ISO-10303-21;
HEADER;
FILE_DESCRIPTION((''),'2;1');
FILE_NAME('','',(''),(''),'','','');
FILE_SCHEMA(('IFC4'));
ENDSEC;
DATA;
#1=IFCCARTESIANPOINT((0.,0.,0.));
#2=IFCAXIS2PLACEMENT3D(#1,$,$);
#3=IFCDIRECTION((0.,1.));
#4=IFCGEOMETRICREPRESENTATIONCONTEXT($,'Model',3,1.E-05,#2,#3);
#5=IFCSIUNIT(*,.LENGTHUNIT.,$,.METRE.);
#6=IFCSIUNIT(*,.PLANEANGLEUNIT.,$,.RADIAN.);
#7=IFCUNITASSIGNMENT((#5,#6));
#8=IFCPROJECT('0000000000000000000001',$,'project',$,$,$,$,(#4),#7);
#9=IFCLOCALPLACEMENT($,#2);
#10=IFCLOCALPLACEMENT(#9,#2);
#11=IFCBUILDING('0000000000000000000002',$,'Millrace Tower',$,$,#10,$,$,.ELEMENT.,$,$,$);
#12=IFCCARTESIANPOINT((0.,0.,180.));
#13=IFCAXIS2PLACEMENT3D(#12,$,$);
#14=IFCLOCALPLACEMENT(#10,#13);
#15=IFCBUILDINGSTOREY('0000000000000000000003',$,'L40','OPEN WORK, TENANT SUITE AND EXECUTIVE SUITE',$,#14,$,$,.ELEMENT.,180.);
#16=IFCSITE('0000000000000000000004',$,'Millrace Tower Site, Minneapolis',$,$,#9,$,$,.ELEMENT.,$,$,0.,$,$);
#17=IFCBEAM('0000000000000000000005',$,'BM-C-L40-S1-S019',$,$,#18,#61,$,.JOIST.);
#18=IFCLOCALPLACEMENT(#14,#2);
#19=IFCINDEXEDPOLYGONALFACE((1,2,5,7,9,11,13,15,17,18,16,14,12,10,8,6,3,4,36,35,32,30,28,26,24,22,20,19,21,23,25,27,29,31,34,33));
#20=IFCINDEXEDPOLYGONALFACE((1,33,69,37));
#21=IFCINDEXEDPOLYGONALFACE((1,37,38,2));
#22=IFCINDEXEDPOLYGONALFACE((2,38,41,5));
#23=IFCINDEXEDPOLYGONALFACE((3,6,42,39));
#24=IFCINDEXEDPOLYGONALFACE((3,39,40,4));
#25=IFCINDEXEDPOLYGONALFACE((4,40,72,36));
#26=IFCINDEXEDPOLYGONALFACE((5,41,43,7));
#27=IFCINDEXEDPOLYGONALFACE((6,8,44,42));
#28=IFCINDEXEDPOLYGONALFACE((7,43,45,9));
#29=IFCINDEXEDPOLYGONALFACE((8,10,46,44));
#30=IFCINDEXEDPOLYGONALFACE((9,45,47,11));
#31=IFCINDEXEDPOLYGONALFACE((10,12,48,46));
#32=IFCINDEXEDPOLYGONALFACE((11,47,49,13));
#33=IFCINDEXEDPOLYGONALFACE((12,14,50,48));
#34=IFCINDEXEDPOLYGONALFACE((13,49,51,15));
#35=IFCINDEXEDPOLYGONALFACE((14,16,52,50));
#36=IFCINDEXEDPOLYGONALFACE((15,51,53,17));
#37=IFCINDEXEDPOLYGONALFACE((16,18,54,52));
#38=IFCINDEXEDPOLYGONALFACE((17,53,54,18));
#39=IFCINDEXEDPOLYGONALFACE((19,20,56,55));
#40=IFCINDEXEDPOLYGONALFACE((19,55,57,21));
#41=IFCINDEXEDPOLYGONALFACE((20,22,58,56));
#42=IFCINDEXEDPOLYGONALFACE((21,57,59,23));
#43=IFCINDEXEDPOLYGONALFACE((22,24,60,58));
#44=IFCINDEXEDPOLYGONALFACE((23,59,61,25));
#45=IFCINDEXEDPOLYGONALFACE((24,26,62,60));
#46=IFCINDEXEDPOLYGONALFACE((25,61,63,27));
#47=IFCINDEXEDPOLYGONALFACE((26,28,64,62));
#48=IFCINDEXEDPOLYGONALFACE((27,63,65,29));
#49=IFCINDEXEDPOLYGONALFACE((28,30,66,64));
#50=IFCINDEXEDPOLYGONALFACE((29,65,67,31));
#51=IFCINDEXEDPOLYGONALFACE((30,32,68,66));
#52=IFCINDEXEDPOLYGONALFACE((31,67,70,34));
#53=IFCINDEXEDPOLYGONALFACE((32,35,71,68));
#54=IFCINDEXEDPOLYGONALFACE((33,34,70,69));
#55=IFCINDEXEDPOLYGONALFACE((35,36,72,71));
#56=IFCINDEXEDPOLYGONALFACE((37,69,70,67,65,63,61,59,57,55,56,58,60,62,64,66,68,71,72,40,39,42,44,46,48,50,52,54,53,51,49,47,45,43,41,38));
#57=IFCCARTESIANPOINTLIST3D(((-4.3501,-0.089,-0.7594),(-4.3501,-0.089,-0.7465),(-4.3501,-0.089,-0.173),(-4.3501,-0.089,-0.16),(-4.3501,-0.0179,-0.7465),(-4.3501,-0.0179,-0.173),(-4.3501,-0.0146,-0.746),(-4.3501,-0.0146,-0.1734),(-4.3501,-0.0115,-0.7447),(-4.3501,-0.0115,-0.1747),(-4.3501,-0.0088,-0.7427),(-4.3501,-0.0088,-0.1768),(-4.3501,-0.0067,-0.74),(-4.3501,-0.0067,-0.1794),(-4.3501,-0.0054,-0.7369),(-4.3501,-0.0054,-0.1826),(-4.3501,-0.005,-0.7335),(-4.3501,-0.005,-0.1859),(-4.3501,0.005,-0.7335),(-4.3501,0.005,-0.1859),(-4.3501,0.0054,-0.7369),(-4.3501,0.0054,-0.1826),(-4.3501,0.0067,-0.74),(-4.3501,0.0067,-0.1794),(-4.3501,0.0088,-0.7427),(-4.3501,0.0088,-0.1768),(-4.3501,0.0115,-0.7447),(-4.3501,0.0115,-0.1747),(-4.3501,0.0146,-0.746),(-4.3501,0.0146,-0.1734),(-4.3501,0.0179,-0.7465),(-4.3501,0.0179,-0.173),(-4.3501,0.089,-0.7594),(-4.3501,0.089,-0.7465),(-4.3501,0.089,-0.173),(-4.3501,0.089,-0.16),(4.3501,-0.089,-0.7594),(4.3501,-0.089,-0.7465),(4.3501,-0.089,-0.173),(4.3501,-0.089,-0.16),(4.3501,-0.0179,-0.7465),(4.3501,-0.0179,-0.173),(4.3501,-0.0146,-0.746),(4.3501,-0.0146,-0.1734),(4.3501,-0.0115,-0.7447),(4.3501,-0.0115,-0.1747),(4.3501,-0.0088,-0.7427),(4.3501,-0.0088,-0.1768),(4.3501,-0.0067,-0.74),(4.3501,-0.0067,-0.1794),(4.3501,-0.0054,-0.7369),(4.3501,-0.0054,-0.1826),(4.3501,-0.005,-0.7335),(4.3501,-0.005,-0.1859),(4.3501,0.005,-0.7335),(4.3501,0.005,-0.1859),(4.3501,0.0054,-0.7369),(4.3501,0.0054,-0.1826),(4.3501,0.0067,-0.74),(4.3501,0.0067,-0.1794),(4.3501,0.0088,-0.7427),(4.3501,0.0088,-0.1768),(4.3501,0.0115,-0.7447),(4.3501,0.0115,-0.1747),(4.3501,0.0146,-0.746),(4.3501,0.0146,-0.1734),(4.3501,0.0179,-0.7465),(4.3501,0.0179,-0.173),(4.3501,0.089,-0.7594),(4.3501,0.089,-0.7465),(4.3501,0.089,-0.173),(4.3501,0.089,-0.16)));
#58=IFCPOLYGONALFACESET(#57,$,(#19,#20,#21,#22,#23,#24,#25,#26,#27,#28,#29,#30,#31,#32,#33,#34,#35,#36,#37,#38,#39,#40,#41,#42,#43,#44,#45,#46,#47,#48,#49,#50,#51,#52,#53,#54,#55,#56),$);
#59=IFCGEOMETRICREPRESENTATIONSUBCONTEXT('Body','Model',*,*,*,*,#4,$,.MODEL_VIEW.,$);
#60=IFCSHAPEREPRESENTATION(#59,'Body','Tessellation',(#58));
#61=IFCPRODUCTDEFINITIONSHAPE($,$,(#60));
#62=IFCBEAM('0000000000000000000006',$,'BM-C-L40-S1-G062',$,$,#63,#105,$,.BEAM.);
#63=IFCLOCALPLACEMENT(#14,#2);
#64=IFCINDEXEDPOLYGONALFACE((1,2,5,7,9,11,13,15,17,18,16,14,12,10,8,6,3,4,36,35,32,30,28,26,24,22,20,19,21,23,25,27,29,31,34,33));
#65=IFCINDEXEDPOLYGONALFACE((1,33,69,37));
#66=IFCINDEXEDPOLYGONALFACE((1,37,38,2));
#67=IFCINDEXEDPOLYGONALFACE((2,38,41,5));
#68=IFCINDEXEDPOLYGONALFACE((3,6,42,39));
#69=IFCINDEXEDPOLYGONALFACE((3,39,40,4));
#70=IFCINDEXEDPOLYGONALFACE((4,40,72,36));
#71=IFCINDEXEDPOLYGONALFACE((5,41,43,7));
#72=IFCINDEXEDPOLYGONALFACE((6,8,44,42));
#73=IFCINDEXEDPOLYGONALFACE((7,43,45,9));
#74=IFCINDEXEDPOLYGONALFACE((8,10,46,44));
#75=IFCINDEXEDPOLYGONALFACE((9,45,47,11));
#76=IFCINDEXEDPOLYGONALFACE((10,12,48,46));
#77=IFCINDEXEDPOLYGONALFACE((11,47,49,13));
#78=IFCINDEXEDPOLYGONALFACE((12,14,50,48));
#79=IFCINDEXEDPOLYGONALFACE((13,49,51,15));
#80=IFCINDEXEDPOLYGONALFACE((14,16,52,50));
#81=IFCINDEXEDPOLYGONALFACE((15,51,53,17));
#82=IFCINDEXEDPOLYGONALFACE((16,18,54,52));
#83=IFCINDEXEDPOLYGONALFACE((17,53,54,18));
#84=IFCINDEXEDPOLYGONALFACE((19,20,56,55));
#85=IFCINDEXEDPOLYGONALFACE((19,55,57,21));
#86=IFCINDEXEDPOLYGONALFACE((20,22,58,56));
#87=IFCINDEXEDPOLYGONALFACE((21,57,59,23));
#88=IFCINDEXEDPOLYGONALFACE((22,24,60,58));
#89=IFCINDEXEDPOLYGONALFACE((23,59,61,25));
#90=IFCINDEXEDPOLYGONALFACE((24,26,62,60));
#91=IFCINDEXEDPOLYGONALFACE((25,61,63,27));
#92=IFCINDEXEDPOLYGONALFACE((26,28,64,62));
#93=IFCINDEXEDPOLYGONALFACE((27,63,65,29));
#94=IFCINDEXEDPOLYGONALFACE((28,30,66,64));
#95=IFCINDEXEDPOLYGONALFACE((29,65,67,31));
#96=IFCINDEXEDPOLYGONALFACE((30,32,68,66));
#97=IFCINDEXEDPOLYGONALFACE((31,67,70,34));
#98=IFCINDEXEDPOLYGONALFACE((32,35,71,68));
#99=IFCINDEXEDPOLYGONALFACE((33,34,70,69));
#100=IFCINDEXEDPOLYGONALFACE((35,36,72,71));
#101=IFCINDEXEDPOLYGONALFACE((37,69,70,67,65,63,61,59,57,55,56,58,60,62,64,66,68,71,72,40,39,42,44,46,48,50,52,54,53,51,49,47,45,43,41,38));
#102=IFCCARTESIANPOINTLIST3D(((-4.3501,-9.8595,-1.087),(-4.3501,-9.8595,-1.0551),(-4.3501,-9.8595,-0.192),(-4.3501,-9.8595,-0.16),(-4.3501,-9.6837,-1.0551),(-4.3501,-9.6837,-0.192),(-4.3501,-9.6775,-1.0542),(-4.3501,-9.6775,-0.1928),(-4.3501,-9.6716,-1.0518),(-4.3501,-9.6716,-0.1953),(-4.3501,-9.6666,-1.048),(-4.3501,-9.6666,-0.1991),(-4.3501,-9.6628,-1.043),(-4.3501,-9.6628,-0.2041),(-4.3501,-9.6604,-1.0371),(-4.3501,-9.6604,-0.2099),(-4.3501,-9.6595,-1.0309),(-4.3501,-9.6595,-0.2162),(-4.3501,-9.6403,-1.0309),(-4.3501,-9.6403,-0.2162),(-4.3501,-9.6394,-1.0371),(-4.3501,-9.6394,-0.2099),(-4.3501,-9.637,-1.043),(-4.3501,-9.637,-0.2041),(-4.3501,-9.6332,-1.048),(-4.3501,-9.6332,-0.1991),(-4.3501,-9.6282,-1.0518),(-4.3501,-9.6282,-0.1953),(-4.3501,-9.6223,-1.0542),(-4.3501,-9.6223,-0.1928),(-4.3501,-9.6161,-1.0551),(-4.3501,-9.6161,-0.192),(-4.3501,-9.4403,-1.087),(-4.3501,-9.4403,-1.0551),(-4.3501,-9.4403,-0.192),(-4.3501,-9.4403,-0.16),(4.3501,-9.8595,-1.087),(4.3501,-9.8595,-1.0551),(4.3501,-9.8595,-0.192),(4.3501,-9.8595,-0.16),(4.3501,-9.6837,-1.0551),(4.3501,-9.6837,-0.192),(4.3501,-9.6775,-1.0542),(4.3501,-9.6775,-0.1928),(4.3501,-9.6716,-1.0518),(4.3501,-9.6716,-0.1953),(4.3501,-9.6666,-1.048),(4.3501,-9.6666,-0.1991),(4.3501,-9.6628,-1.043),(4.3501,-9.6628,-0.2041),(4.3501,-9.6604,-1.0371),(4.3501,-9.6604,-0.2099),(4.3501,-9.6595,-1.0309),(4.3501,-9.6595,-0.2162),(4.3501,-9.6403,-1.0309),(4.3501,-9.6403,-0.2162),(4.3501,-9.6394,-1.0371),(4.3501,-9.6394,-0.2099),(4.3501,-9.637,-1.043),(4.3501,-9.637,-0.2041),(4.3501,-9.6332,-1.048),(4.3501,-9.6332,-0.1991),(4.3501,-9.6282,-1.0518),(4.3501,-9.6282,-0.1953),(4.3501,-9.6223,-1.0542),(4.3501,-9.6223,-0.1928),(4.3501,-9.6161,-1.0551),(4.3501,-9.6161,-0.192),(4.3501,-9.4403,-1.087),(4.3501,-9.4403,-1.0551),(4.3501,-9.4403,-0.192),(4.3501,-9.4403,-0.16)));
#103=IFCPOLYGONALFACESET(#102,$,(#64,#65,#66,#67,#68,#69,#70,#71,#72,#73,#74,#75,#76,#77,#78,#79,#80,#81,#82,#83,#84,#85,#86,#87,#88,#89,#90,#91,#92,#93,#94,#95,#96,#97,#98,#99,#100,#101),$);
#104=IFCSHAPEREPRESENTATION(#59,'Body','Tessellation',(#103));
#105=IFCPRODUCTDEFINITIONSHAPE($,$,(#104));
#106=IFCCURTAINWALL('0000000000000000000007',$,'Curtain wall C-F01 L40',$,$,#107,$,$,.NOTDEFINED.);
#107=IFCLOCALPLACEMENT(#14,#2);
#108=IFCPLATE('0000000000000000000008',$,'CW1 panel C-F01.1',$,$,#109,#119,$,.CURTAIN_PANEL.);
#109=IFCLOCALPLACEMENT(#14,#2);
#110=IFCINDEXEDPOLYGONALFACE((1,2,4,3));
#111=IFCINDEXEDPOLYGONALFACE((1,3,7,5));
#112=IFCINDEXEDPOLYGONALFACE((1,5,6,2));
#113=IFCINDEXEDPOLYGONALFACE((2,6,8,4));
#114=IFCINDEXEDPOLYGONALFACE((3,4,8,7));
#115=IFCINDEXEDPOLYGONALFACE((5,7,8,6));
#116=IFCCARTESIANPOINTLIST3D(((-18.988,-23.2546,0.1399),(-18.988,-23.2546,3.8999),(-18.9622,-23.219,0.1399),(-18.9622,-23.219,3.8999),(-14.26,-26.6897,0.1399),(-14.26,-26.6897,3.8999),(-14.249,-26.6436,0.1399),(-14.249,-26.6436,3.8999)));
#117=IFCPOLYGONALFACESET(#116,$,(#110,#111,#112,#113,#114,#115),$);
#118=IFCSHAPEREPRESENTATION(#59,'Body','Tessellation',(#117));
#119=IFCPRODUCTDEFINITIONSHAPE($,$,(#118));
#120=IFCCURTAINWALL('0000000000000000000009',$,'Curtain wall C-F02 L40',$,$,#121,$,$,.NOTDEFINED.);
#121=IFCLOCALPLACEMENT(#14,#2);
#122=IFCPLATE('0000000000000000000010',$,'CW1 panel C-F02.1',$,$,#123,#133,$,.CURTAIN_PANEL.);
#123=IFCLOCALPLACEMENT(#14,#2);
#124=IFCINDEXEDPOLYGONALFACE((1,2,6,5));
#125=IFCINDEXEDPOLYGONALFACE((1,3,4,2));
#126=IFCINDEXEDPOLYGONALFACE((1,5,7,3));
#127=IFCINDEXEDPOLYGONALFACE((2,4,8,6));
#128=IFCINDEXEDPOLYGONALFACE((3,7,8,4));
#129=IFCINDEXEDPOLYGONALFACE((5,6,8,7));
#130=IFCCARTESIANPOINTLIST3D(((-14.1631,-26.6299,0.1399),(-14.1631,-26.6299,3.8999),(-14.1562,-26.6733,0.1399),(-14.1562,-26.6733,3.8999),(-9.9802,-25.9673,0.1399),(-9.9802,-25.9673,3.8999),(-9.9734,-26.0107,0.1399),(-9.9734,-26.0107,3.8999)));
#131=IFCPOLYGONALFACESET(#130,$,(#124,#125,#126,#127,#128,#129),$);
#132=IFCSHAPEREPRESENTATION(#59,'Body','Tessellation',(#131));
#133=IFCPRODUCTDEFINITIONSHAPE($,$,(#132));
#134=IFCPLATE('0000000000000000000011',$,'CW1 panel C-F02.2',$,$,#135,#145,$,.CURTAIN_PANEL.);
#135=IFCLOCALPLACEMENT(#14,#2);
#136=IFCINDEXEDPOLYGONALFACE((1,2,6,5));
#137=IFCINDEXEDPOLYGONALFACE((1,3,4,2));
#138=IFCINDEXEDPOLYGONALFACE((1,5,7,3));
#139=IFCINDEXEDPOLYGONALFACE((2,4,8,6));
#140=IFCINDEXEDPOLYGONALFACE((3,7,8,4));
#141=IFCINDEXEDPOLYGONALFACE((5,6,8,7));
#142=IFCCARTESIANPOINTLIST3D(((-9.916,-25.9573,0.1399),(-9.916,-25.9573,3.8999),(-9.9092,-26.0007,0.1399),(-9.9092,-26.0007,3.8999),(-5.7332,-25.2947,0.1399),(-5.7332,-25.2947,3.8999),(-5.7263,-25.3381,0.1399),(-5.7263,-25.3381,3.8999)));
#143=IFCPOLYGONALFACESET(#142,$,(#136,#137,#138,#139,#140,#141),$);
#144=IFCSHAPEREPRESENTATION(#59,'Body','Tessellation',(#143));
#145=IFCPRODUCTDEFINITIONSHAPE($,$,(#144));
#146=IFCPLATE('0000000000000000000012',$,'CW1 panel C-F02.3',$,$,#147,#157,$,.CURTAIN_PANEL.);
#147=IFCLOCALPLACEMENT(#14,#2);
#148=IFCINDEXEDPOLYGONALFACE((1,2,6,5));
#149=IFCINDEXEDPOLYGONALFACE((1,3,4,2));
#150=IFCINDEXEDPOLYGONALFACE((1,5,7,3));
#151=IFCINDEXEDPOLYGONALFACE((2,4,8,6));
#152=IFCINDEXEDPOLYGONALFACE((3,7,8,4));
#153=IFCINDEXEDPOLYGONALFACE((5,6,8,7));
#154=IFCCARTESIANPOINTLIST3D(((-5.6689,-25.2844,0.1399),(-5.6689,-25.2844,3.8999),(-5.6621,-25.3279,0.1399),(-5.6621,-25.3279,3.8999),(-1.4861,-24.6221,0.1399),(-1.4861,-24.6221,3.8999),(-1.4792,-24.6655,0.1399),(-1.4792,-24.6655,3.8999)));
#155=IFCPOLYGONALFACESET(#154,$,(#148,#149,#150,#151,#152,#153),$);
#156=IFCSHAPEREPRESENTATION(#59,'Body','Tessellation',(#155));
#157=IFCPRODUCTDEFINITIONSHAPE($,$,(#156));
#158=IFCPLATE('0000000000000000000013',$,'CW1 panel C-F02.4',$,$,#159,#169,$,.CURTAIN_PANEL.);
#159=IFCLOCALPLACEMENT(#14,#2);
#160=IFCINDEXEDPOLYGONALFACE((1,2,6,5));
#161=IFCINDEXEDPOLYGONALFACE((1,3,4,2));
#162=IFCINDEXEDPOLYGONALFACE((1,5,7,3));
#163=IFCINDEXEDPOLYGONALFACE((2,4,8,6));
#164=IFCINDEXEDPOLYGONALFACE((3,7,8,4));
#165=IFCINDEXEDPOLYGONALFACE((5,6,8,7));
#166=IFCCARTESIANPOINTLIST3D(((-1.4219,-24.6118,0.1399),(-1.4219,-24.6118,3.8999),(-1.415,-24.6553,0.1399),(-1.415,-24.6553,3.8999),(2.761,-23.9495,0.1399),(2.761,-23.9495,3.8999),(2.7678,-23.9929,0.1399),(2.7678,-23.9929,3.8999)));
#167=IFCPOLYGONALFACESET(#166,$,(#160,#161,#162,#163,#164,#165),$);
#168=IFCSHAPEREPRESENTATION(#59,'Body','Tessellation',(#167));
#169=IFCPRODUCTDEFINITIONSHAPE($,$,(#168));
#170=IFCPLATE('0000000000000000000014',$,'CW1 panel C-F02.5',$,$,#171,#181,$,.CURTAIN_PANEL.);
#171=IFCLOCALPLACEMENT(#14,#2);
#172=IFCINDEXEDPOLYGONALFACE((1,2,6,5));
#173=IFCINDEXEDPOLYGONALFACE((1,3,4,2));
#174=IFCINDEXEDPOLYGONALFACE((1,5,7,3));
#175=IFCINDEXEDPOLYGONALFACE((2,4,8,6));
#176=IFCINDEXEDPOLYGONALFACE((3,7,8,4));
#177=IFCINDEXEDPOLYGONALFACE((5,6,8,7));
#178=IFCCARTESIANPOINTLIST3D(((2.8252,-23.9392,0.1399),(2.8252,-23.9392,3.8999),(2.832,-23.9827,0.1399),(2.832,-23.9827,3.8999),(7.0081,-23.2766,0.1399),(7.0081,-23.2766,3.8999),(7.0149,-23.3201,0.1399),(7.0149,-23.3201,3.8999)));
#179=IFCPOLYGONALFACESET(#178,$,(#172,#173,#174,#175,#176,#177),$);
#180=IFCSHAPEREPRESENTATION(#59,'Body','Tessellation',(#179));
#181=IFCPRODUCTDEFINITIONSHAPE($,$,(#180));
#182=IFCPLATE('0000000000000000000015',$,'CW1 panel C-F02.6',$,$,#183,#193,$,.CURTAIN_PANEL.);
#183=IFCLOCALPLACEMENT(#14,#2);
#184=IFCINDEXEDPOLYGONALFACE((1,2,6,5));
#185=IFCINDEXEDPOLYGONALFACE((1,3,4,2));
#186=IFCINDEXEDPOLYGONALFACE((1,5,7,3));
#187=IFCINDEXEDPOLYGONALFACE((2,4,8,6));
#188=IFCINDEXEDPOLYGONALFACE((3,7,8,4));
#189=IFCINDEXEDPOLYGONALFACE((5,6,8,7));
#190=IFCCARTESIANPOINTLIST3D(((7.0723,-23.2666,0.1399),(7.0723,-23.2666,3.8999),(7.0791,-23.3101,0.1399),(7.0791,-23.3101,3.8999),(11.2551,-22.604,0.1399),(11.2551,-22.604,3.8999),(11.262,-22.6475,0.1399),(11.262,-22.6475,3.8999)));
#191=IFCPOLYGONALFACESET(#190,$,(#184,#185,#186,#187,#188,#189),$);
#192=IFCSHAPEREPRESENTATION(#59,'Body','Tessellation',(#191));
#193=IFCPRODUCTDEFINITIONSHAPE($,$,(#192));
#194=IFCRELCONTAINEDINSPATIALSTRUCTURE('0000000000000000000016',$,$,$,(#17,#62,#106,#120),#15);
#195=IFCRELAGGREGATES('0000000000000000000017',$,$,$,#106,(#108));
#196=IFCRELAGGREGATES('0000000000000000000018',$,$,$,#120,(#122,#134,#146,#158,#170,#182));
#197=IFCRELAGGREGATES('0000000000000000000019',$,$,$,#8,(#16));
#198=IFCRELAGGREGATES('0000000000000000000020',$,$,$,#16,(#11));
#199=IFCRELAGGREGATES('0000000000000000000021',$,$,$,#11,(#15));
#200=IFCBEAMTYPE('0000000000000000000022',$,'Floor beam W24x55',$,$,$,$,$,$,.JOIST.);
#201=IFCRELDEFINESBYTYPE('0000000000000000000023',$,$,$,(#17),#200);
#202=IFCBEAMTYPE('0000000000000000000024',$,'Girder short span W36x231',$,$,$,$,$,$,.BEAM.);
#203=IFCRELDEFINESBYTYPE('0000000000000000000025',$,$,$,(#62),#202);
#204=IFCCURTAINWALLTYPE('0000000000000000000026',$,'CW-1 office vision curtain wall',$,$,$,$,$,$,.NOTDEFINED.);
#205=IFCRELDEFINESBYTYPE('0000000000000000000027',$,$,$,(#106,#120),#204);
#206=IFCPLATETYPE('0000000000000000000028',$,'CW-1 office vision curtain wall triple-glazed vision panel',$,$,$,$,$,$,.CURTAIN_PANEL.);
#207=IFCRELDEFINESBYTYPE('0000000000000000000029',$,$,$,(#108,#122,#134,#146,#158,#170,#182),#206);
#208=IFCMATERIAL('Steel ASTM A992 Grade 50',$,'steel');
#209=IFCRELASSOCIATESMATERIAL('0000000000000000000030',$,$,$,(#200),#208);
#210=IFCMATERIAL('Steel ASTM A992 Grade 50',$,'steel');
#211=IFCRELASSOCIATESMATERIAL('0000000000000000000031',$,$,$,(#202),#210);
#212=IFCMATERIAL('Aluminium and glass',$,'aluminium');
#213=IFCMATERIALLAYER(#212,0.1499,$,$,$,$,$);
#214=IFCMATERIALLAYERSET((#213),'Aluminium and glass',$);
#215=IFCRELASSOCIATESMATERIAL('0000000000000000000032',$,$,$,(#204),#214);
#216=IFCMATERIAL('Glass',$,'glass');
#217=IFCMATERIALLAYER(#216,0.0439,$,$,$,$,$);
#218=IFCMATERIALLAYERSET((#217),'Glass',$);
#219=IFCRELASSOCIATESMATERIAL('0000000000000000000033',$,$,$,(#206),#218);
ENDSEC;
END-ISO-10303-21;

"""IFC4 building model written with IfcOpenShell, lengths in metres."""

from ifc_helpers import new_model, si_unit, direction, frame, origin, origin_2d, place, context, subcontext, project, spatial, polyline, i_section, outline, extrude, material, layer, layer_set, material_profile, profile_set, type_object, element, aggregate, save


model = new_model("IFC4")

# Units and contexts
model_context = context("Model", 3, precision=1e-05, world=origin(), true_north=direction((0.0, 1.0)))
body_context = subcontext(model_context, "Body", "Model", "MODEL_VIEW")
ifc_project = project(units=[si_unit("LENGTHUNIT", "METRE"), si_unit("PLANEANGLEUNIT", "RADIAN")], contexts=[model_context])

# Site, building, storey
site_placement = place(None, origin())
site = spatial("IfcSite", under=ifc_project, at=site_placement, Name="Millrace Tower Site, Minneapolis", CompositionType="ELEMENT", RefElevation=0.0)
building_placement = place(site_placement, origin())
building = spatial("IfcBuilding", under=site, at=building_placement, Name="Millrace Tower", CompositionType="ELEMENT")
storey_placement = place(building_placement, frame((0.0, 0.0, 180.0)))
storey = spatial("IfcBuildingStorey", under=building, at=storey_placement, Name="L40", Description="OPEN WORK, TENANT SUITE AND EXECUTIVE SUITE", CompositionType="ELEMENT", Elevation=180.0)

# Beams
ifc_material_1 = material(Name="Steel ASTM A992 Grade 50", Category="steel")
ifc_material_profile_1 = material_profile(ifc_material_1, i_section(OverallWidth=0.178, OverallDepth=0.5994, WebThickness=0.01, FlangeThickness=0.0129, FilletRadius=0.0129, at=origin_2d()))
ifc_profile_set_1 = profile_set([ifc_material_profile_1], Name="Steel ASTM A992 Grade 50")
beam_type_1 = type_object("IfcBeamType", Name="Floor beam W24x55", PredefinedType="JOIST", material=ifc_profile_set_1)
for number, where, z_axis, x_axis, name in (
    (1, (-4.3501, 0.0, -0.4597), (1.0, 0.0, 0.0), (0.0, 1.0, 0.0), "BM-C-L40-S1-S019"),
):
    element("IfcBeam", number, at=place(storey_placement, frame(where, z_axis=z_axis, x_axis=x_axis)), inside=storey, type_object=beam_type_1, Name=name, PredefinedType="JOIST", context=body_context, shape_type="SweptSolid", body=[
        extrude(i_section(OverallWidth=0.178, OverallDepth=0.5994, WebThickness=0.01, FlangeThickness=0.0129, FilletRadius=0.0129, at=origin_2d()), origin(), (0.0, 0.0, 1.0), 8.7002),
    ])
ifc_material_2 = material(Name="Steel ASTM A992 Grade 50", Category="steel")
ifc_material_profile_2 = material_profile(ifc_material_2, i_section(OverallWidth=0.4192, OverallDepth=0.927, WebThickness=0.0193, FlangeThickness=0.032, FilletRadius=0.0242, at=origin_2d()))
ifc_profile_set_2 = profile_set([ifc_material_profile_2], Name="Steel ASTM A992 Grade 50")
beam_type_2 = type_object("IfcBeamType", Name="Girder short span W36x231", PredefinedType="BEAM", material=ifc_profile_set_2)
beam_1_placement = place(storey_placement, frame((-4.3501, -9.6499, -0.6235), z_axis=(1.0, 0.0, 0.0), x_axis=(0.0, 1.0, 0.0)))
element("IfcBeam", 2, at=beam_1_placement, inside=storey, type_object=beam_type_2, Name="BM-C-L40-S1-G062", PredefinedType="BEAM", context=body_context, shape_type="SweptSolid", body=[
    extrude(i_section(OverallWidth=0.4192, OverallDepth=0.927, WebThickness=0.0193, FlangeThickness=0.032, FilletRadius=0.0242, at=origin_2d()), origin(), (0.0, 0.0, 1.0), 8.7002),
])

# Curtain wall, plate
ifc_material_3 = material(Name="Aluminium and glass", Category="aluminium")
ifc_layer_1 = layer(ifc_material_3, 0.1499)
ifc_layer_set_1 = layer_set([ifc_layer_1], Name="Aluminium and glass")
curtain_wall_type = type_object("IfcCurtainWallType", Name="CW-1 office vision curtain wall", PredefinedType="NOTDEFINED", material=ifc_layer_set_1)
placement_1 = place(storey_placement, origin())
curtain_wall_1 = element("IfcCurtainWall", 3, at=placement_1, inside=storey, type_object=curtain_wall_type, Name="Curtain wall C-F01 L40", PredefinedType="NOTDEFINED")
ifc_material_4 = material(Name="Glass", Category="glass")
ifc_layer_2 = layer(ifc_material_4, 0.0439)
ifc_layer_set_2 = layer_set([ifc_layer_2], Name="Glass")
plate_type = type_object("IfcPlateType", Name="CW-1 office vision curtain wall triple-glazed vision panel", PredefinedType="CURTAIN_PANEL", material=ifc_layer_set_2)
placement_2 = place(storey_placement, frame((0.0, 0.0, 0.1399)))
plate_1 = element("IfcPlate", 4, at=placement_2, type_object=plate_type, Name="CW1 panel C-F01.1", PredefinedType="CURTAIN_PANEL", context=body_context, shape_type="SweptSolid", body=[
    extrude(outline(polyline([(-18.988, -23.2546), (-14.26, -26.6897), (-14.249, -26.6436), (-18.9622, -23.219), (-18.988, -23.2546)])), origin(), (0.0, 0.0, 1.0), 3.76),
])
aggregate(curtain_wall_1, [plate_1])

# Curtain wall, plates
curtain_wall_2 = element("IfcCurtainWall", 5, at=placement_1, inside=storey, type_object=curtain_wall_type, Name="Curtain wall C-F02 L40", PredefinedType="NOTDEFINED")
plate_2 = element("IfcPlate", 6, at=placement_2, type_object=plate_type, Name="CW1 panel C-F02.1", PredefinedType="CURTAIN_PANEL", context=body_context, shape_type="SweptSolid", body=[
    extrude(outline(polyline([(-14.1562, -26.6733), (-9.9734, -26.0107), (-9.9802, -25.9673), (-14.1631, -26.6299), (-14.1562, -26.6733)])), origin(), (0.0, 0.0, 1.0), 3.76),
])
plate_3 = element("IfcPlate", 7, at=placement_2, type_object=plate_type, Name="CW1 panel C-F02.2", PredefinedType="CURTAIN_PANEL", context=body_context, shape_type="SweptSolid", body=[
    extrude(outline(polyline([(-9.9092, -26.0007), (-5.7263, -25.3381), (-5.7332, -25.2947), (-9.916, -25.9573), (-9.9092, -26.0007)])), origin(), (0.0, 0.0, 1.0), 3.76),
])
plate_4 = element("IfcPlate", 8, at=placement_2, type_object=plate_type, Name="CW1 panel C-F02.3", PredefinedType="CURTAIN_PANEL", context=body_context, shape_type="SweptSolid", body=[
    extrude(outline(polyline([(-5.6621, -25.3279), (-1.4792, -24.6655), (-1.4861, -24.6221), (-5.6689, -25.2844), (-5.6621, -25.3279)])), origin(), (0.0, 0.0, 1.0), 3.76),
])
plate_5 = element("IfcPlate", 9, at=placement_2, type_object=plate_type, Name="CW1 panel C-F02.4", PredefinedType="CURTAIN_PANEL", context=body_context, shape_type="SweptSolid", body=[
    extrude(outline(polyline([(-1.415, -24.6553), (2.7678, -23.9929), (2.761, -23.9495), (-1.4219, -24.6118), (-1.415, -24.6553)])), origin(), (0.0, 0.0, 1.0), 3.76),
])
plate_6 = element("IfcPlate", 10, at=placement_2, type_object=plate_type, Name="CW1 panel C-F02.5", PredefinedType="CURTAIN_PANEL", context=body_context, shape_type="SweptSolid", body=[
    extrude(outline(polyline([(2.832, -23.9827), (7.0149, -23.3201), (7.0081, -23.2766), (2.8252, -23.9392), (2.832, -23.9827)])), origin(), (0.0, 0.0, 1.0), 3.76),
])
plate_7 = element("IfcPlate", 11, at=placement_2, type_object=plate_type, Name="CW1 panel C-F02.6", PredefinedType="CURTAIN_PANEL", context=body_context, shape_type="SweptSolid", body=[
    extrude(outline(polyline([(7.0791, -23.3101), (11.262, -22.6475), (11.2551, -22.604), (7.0723, -23.2666), (7.0791, -23.3101)])), origin(), (0.0, 0.0, 1.0), 3.76),
])
aggregate(curtain_wall_2, [plate_2, plate_3, plate_4, plate_5, plate_6, plate_7])

save(model, "model.ifc")
